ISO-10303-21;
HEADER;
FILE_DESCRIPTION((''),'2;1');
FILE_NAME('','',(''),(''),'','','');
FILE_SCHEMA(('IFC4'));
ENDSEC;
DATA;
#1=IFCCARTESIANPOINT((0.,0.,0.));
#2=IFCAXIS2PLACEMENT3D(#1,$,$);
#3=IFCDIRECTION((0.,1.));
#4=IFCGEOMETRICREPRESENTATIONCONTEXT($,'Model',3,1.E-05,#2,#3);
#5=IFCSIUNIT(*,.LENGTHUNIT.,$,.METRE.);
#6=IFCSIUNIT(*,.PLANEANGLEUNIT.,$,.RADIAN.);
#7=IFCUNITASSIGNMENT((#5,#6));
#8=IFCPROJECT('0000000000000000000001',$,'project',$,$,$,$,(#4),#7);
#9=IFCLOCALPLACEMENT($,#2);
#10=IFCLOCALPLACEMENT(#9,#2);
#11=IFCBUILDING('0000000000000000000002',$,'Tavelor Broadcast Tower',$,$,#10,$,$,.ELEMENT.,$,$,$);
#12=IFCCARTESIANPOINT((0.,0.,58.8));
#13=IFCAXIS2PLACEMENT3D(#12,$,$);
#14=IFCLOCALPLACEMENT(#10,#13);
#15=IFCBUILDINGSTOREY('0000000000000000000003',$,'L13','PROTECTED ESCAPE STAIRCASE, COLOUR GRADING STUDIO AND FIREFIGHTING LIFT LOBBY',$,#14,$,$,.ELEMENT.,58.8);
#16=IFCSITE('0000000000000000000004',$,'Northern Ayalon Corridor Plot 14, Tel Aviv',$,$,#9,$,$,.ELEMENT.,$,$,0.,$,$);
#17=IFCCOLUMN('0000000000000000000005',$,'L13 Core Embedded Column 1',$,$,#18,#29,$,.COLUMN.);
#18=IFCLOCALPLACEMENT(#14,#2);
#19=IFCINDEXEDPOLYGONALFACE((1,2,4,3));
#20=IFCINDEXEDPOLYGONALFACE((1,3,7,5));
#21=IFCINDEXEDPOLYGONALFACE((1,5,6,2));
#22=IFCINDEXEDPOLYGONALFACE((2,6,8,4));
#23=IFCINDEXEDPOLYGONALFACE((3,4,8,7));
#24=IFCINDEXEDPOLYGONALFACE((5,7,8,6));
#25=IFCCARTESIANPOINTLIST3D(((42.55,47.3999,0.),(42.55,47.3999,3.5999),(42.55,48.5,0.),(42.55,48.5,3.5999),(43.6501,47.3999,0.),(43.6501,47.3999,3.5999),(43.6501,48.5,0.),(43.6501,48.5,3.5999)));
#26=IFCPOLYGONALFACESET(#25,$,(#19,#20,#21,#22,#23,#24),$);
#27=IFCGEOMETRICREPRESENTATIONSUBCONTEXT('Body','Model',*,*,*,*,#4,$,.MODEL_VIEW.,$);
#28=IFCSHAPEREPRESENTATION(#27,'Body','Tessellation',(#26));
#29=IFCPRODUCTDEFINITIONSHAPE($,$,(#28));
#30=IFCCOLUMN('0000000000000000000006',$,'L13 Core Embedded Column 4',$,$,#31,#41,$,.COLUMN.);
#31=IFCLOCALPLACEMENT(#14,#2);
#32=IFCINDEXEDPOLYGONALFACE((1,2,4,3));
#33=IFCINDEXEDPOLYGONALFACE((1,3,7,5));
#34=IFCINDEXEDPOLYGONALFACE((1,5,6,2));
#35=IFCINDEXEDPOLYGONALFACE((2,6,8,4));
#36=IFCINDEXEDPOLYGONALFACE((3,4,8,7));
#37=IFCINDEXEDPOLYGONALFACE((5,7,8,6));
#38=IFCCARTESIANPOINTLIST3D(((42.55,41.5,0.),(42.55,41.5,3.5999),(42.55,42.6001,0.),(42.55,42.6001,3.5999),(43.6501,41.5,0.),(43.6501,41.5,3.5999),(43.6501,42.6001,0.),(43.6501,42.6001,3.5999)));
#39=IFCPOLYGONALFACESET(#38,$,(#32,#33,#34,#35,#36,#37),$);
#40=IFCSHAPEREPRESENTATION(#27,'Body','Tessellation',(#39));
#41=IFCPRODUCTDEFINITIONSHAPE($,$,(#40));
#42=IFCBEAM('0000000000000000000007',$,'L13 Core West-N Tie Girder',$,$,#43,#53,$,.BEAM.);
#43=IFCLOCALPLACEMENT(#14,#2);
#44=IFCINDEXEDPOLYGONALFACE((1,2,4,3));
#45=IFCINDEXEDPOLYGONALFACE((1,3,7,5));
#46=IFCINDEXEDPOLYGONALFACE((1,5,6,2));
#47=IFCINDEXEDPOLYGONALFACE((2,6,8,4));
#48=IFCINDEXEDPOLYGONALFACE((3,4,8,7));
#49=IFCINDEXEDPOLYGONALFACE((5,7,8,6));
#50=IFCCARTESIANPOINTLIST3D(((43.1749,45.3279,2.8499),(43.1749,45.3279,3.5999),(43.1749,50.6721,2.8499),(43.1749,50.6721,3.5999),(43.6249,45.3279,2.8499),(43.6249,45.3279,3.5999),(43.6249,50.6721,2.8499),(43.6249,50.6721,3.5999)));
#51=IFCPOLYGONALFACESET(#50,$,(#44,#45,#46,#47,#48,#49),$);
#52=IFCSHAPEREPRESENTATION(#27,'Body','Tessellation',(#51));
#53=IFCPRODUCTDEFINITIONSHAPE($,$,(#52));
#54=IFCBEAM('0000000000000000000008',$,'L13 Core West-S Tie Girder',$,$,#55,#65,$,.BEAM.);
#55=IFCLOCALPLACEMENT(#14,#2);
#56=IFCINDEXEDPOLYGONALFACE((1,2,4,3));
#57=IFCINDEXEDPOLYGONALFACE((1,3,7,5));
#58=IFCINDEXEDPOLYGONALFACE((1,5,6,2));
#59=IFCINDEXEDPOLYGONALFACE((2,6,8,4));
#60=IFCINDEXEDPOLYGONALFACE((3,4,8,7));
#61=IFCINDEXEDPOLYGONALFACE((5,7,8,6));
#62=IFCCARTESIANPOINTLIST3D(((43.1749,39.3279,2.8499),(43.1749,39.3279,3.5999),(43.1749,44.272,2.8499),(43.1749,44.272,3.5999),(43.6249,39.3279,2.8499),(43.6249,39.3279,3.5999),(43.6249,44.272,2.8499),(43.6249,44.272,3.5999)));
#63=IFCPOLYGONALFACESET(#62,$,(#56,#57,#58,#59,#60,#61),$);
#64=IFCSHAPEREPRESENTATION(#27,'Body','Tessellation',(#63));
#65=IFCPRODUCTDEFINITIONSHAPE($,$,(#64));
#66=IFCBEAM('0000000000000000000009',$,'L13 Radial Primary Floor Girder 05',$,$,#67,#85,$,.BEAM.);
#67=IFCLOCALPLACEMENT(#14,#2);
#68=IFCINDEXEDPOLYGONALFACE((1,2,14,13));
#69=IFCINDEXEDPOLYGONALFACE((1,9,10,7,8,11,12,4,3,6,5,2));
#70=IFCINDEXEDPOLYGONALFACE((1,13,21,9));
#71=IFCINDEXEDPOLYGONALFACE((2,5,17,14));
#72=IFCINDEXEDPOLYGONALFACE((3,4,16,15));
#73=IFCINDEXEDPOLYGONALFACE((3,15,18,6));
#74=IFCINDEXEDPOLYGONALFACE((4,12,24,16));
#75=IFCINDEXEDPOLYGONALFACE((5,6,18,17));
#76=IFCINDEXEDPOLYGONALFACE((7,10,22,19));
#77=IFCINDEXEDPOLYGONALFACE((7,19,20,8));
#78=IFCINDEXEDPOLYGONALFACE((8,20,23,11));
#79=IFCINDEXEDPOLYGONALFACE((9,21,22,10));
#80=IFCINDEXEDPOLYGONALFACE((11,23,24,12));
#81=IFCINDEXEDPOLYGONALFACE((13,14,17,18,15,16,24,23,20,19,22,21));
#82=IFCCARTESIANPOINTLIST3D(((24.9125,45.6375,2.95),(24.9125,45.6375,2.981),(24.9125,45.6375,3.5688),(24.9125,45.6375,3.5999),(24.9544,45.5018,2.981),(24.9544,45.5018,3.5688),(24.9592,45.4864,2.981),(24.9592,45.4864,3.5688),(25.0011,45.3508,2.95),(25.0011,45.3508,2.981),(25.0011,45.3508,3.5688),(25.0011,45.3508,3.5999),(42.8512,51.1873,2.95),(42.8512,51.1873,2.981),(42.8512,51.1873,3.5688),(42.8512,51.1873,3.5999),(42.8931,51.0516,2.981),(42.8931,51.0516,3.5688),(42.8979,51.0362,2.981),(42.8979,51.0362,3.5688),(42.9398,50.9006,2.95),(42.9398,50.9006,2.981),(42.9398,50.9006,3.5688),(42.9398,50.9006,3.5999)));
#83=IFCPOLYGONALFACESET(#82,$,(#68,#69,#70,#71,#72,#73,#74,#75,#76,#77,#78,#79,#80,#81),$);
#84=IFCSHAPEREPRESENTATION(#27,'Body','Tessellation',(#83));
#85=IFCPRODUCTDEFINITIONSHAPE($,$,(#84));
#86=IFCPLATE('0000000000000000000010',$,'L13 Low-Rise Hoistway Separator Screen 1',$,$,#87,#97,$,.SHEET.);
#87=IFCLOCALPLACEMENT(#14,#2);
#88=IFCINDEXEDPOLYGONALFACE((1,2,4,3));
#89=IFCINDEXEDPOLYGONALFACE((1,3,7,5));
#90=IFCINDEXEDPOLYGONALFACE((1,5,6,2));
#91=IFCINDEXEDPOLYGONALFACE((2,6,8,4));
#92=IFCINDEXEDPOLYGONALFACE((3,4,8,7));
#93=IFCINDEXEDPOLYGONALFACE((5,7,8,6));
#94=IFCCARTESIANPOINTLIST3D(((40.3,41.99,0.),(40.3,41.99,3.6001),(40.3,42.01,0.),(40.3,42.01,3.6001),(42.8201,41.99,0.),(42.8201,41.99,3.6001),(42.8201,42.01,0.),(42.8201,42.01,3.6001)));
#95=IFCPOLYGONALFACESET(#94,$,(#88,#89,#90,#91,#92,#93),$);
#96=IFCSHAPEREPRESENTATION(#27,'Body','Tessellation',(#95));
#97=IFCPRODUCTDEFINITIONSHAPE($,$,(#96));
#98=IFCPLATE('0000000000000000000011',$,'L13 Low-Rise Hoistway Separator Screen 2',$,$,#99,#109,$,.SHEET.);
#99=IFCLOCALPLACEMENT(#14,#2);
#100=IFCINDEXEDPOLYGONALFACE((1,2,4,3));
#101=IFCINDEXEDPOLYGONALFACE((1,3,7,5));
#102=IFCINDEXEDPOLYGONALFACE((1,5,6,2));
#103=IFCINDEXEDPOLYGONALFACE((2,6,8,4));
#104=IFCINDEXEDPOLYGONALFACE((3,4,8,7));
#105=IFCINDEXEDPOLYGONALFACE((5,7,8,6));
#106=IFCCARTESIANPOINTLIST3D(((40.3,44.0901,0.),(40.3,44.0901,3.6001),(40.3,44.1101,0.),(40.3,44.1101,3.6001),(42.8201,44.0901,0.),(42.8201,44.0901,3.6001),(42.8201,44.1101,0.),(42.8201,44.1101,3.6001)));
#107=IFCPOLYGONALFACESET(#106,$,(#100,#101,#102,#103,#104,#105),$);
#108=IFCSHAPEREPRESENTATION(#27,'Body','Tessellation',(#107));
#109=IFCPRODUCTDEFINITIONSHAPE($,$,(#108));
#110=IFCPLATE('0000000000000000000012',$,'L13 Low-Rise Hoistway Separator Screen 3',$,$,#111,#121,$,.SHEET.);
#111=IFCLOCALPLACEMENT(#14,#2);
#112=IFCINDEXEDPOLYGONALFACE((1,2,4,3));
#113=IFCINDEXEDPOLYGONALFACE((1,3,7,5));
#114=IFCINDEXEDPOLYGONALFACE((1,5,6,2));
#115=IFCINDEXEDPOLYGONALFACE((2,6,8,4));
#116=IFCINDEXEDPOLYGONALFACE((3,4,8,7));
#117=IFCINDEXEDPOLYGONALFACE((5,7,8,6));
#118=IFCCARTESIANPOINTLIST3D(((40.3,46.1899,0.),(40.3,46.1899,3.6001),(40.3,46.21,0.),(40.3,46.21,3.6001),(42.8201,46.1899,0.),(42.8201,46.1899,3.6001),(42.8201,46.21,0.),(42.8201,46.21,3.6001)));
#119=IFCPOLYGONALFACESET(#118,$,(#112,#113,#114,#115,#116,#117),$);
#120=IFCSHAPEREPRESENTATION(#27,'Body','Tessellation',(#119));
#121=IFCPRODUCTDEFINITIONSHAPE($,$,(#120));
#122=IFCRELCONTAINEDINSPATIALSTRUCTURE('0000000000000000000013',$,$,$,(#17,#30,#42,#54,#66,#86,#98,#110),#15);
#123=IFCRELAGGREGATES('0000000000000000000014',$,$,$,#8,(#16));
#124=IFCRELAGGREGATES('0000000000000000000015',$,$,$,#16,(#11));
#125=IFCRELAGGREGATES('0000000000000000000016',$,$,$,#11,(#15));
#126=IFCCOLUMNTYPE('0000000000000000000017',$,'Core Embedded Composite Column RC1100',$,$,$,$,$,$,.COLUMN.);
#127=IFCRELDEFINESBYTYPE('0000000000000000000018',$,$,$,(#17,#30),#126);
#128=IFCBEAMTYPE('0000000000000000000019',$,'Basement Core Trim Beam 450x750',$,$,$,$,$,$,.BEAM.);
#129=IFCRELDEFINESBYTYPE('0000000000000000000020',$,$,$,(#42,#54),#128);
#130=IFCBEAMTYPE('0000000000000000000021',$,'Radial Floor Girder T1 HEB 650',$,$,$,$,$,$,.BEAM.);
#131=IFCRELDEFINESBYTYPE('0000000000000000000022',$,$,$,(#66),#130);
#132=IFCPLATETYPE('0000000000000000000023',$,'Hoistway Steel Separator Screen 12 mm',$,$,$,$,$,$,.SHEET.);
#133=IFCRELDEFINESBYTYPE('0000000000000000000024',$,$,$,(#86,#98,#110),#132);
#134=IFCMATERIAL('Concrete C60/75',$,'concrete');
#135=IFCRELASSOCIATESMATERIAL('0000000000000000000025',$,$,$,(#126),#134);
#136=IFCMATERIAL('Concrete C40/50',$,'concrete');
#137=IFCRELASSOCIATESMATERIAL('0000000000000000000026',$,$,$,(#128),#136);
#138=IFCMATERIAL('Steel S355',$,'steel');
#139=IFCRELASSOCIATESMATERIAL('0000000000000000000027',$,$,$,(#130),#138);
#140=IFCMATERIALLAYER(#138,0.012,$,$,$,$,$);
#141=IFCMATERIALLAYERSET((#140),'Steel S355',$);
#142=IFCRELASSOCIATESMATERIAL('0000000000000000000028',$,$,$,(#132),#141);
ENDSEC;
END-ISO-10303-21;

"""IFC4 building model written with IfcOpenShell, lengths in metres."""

from ifc_helpers import new_model, si_unit, direction, frame, origin, origin_2d, place, context, subcontext, project, spatial, rectangle, i_section, extrude, source, transform, mapped, material, layer, layer_set, material_profile, profile_set, type_object, type_shapes, element, save


model = new_model("IFC4")

# Units and contexts
model_context = context("Model", 3, precision=1e-05, world=origin(), true_north=direction((0.0, 1.0)))
body_context = subcontext(model_context, "Body", "Model", "MODEL_VIEW")
ifc_project = project(units=[si_unit("LENGTHUNIT", "METRE"), si_unit("PLANEANGLEUNIT", "RADIAN")], contexts=[model_context])

# Site, building, storey
site_placement = place(None, origin())
site = spatial("IfcSite", under=ifc_project, at=site_placement, Name="Northern Ayalon Corridor Plot 14, Tel Aviv", CompositionType="ELEMENT", RefElevation=0.0)
building_placement = place(site_placement, origin())
building = spatial("IfcBuilding", under=site, at=building_placement, Name="Tavelor Broadcast Tower", CompositionType="ELEMENT")
storey_placement = place(building_placement, frame((0.0, 0.0, 58.8)))
storey = spatial("IfcBuildingStorey", under=building, at=storey_placement, Name="L13", Description="PROTECTED ESCAPE STAIRCASE, COLOUR GRADING STUDIO AND FIREFIGHTING LIFT LOBBY", CompositionType="ELEMENT", Elevation=58.8)

# Columns
ifc_material_1 = material(Name="Concrete C60/75", Category="concrete")
ifc_material_profile_1 = material_profile(ifc_material_1, rectangle(XDim=1.1001, YDim=1.1001, at=origin_2d()), Name="RC 1100x1100")
ifc_profile_set_1 = profile_set([ifc_material_profile_1], Name="Concrete C60/75")
column_type = type_object("IfcColumnType", Name="Core Embedded Composite Column RC1100", PredefinedType="COLUMN", material=ifc_profile_set_1)
for number, where, z_axis, x_axis, name in (
    (1, (43.1001, 47.95, 0.0), (0.0, 0.0, 1.0), (1.0, 0.0, 0.0), "L13 Core Embedded Column 1"),
    (2, (43.1001, 42.05, 0.0), (0.0, 0.0, 1.0), (1.0, 0.0, 0.0), "L13 Core Embedded Column 4"),
):
    element("IfcColumn", number, at=place(storey_placement, frame(where, z_axis=z_axis, x_axis=x_axis)), inside=storey, type_object=column_type, Name=name, PredefinedType="COLUMN", context=body_context, shape_type="SweptSolid", body=[
        extrude(rectangle(XDim=1.1001, YDim=1.1001, at=origin_2d()), origin(), (0.0, 0.0, 1.0), 3.5999),
    ])

# Beams
ifc_material_2 = material(Name="Concrete C40/50", Category="concrete")
ifc_material_profile_2 = material_profile(ifc_material_2, rectangle(XDim=0.45, YDim=0.75, at=origin_2d()), Name="RC 450x750")
ifc_profile_set_2 = profile_set([ifc_material_profile_2], Name="Concrete C40/50")
beam_type_1 = type_object("IfcBeamType", Name="Basement Core Trim Beam 450x750", PredefinedType="BEAM", material=ifc_profile_set_2)
beam_1_placement = place(storey_placement, frame((43.3999, 45.3279, 3.2249), z_axis=(0.0, 1.0, 0.0), x_axis=(-1.0, 0.0, 0.0)))
element("IfcBeam", 3, at=beam_1_placement, inside=storey, type_object=beam_type_1, Name="L13 Core West-N Tie Girder", PredefinedType="BEAM", context=body_context, shape_type="SweptSolid", body=[
    extrude(rectangle(XDim=0.45, YDim=0.75, at=origin_2d()), origin(), (0.0, 0.0, 1.0), 5.3442),
])
beam_2_placement = place(storey_placement, frame((43.3999, 39.3279, 3.2249), z_axis=(0.0, 1.0, 0.0), x_axis=(-1.0, 0.0, 0.0)))
element("IfcBeam", 4, at=beam_2_placement, inside=storey, type_object=beam_type_1, Name="L13 Core West-S Tie Girder", PredefinedType="BEAM", context=body_context, shape_type="SweptSolid", body=[
    extrude(rectangle(XDim=0.45, YDim=0.75, at=origin_2d()), origin(), (0.0, 0.0, 1.0), 4.9441),
])
ifc_material_3 = material(Name="Steel S355", Category="steel")
ifc_material_profile_3 = material_profile(ifc_material_3, i_section(OverallWidth=0.3, OverallDepth=0.6499, WebThickness=0.0161, FlangeThickness=0.031, at=origin_2d()), Name="HEB 650")
ifc_profile_set_3 = profile_set([ifc_material_profile_3], Name="Steel S355")
beam_type_2 = type_object("IfcBeamType", Name="Radial Floor Girder T1 HEB 650", PredefinedType="BEAM", material=ifc_profile_set_3)
beam_3_placement = place(storey_placement, frame((42.8955, 51.0439, 3.2749), z_axis=(-0.955326, -0.295555, 0.0), x_axis=(0.295555, -0.955326, 0.0)))
element("IfcBeam", 5, at=beam_3_placement, inside=storey, type_object=beam_type_2, Name="L13 Radial Primary Floor Girder 05", PredefinedType="BEAM", context=body_context, shape_type="SweptSolid", body=[
    extrude(i_section(OverallWidth=0.3, OverallDepth=0.6499, WebThickness=0.0161, FlangeThickness=0.031, at=origin_2d()), origin(), (0.0, 0.0, 1.0), 18.7776),
])

# Plates
ifc_layer_1 = layer(ifc_material_3, 0.012)
ifc_layer_set_1 = layer_set([ifc_layer_1], Name="Steel S355")
plate_type = type_object("IfcPlateType", Name="Hoistway Steel Separator Screen 12 mm", PredefinedType="SHEET", material=ifc_layer_set_1)
shared_shape = source(origin(), body_context, "Body", "SweptSolid", [
    extrude(rectangle(XDim=2.52, YDim=0.02, at=origin_2d()), origin(), (0.0, 0.0, 1.0), 3.6001),
])
type_shapes(plate_type, [shared_shape])
for number, where, z_axis, x_axis, name in (
    (6, (41.5601, 42.0, 0.0), (0.0, 0.0, 1.0), (1.0, 0.0, 0.0), "L13 Low-Rise Hoistway Separator Screen 1"),
    (7, (41.5601, 44.1001, 0.0), (0.0, 0.0, 1.0), (1.0, 0.0, 0.0), "L13 Low-Rise Hoistway Separator Screen 2"),
    (8, (41.5601, 46.2, 0.0), (0.0, 0.0, 1.0), (1.0, 0.0, 0.0), "L13 Low-Rise Hoistway Separator Screen 3"),
):
    element("IfcPlate", number, at=place(storey_placement, frame(where, z_axis=z_axis, x_axis=x_axis)), inside=storey, type_object=plate_type, Name=name, PredefinedType="SHEET", context=body_context, shape_type="MappedRepresentation", body=[
        mapped(shared_shape, transform((0.0, 0.0, 0.0), scale=1.0)),
    ])

save(model, "model.ifc")
